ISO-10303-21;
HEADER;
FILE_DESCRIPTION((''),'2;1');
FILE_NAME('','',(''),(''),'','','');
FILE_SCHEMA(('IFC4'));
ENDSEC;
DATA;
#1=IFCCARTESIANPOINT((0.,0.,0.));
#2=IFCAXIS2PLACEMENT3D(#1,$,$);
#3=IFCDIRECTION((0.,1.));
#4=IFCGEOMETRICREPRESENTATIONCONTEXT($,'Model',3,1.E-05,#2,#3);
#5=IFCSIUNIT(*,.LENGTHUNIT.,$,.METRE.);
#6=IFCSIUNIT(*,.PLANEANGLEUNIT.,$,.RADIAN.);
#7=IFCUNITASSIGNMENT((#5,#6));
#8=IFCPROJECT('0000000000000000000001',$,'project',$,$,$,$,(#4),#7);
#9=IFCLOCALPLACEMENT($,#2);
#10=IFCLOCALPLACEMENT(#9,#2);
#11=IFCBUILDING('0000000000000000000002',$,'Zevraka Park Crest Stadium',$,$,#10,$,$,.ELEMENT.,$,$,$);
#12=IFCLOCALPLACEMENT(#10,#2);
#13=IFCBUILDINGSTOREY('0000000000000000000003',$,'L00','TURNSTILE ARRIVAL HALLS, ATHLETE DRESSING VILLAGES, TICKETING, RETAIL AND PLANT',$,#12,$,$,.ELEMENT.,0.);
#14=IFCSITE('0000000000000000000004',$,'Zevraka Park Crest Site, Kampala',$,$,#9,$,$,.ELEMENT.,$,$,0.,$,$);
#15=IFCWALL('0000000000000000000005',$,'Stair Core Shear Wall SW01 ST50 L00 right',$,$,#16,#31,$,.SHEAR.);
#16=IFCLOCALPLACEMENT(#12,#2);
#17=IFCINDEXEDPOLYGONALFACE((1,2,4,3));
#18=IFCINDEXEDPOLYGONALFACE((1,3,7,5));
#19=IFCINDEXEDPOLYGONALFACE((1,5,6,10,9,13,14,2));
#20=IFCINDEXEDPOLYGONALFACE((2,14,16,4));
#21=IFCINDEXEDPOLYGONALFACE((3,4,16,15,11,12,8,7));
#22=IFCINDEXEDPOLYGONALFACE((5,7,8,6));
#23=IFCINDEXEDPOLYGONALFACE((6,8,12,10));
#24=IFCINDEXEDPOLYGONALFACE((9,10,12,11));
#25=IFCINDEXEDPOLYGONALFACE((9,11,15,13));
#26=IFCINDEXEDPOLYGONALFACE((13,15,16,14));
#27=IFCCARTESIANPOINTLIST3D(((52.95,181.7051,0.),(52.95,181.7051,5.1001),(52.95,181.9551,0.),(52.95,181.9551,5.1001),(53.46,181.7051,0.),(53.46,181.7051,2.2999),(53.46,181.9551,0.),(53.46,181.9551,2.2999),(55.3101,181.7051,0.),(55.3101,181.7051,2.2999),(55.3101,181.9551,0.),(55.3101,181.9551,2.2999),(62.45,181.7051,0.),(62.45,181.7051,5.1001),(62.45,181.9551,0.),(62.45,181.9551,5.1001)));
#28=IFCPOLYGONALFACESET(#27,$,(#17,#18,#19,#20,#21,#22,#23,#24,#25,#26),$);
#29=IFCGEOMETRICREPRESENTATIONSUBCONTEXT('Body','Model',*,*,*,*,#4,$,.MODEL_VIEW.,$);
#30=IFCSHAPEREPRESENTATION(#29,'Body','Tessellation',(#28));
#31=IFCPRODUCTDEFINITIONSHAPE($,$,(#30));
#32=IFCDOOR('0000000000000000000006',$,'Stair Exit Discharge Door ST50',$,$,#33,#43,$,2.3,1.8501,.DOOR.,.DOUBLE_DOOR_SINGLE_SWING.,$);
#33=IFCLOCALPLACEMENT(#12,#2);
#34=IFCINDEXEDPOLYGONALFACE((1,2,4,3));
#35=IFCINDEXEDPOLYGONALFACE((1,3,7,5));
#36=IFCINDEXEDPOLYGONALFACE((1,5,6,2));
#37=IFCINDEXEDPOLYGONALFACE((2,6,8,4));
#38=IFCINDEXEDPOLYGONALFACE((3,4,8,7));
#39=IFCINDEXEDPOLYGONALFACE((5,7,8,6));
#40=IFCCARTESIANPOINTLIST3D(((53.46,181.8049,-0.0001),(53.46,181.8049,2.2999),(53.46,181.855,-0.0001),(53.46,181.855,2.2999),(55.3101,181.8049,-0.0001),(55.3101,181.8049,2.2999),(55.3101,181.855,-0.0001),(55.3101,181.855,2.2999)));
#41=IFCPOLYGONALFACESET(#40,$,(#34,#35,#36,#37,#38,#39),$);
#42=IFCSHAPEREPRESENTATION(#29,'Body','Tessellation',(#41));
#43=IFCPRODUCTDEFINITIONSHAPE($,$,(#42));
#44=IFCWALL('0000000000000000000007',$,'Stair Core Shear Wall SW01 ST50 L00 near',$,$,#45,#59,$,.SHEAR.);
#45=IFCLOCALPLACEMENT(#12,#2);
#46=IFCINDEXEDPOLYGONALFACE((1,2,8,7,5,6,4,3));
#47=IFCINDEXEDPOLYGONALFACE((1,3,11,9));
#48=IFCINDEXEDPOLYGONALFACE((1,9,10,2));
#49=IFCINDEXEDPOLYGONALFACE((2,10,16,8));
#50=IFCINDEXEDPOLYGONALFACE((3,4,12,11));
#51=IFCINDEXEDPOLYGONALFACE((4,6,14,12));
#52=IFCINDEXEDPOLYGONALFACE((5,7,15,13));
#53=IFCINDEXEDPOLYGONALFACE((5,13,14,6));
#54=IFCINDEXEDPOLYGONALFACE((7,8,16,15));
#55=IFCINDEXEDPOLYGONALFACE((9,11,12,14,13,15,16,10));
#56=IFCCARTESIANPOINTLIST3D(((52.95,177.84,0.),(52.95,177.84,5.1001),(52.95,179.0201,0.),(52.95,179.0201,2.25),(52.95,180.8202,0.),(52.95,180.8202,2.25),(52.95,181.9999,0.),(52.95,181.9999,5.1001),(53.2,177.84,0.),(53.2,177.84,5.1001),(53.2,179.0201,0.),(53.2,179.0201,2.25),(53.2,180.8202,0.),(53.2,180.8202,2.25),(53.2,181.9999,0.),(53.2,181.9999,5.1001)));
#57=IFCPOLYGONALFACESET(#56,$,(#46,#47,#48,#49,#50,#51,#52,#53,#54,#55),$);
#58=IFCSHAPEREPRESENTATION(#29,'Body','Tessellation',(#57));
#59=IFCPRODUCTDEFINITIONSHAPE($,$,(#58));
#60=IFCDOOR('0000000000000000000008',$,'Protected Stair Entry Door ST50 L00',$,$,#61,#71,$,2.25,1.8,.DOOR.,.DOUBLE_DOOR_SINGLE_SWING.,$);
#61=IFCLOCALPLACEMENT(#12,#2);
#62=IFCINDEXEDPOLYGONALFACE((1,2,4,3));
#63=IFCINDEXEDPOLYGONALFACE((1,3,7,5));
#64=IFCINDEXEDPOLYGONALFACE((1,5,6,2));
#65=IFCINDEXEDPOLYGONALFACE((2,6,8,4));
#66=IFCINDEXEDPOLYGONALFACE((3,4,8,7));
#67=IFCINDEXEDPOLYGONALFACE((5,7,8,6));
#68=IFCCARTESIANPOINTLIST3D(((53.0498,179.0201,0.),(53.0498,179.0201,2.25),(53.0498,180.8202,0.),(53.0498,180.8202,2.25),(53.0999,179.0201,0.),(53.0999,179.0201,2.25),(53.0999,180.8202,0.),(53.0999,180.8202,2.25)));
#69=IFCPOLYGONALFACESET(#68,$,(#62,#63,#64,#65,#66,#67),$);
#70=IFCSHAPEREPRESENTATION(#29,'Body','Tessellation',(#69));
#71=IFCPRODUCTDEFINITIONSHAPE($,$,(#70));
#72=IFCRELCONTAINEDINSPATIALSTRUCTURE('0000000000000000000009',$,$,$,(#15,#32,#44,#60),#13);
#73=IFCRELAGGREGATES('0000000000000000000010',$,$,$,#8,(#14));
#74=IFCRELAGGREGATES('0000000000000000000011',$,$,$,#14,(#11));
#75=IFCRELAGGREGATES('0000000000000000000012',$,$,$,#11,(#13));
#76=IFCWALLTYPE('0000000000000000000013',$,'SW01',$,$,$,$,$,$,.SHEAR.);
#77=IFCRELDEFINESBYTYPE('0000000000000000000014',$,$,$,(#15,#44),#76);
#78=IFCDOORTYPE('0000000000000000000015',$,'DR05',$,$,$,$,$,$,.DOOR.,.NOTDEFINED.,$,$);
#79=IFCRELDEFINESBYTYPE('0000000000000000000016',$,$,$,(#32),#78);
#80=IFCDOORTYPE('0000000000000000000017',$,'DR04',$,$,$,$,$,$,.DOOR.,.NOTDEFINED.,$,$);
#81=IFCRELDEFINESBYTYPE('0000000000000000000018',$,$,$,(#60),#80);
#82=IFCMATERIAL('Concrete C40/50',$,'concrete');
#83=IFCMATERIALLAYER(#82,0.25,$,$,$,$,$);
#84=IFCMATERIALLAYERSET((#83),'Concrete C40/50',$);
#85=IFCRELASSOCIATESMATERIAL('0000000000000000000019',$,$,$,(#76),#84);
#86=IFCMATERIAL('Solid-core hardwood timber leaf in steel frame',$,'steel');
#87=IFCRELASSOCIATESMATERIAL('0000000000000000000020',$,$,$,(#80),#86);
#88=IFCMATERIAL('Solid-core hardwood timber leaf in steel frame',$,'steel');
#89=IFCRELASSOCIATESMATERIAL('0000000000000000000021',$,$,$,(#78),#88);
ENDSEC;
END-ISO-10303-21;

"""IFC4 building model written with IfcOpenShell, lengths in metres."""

from ifc_helpers import new_model, si_unit, direction, frame, frame_2d, origin, place, context, subcontext, project, spatial, rectangle, extrude, material, layer, layer_set, type_object, element, fill, save


model = new_model("IFC4")

# Units and contexts
model_context = context("Model", 3, precision=1e-05, world=origin(), true_north=direction((0.0, 1.0)))
body_context = subcontext(model_context, "Body", "Model", "MODEL_VIEW")
ifc_project = project(units=[si_unit("LENGTHUNIT", "METRE"), si_unit("PLANEANGLEUNIT", "RADIAN")], contexts=[model_context])

# Site, building, storey
site_placement = place(None, origin())
site = spatial("IfcSite", under=ifc_project, at=site_placement, Name="Zevraka Park Crest Site, Kampala", CompositionType="ELEMENT", RefElevation=0.0)
building_placement = place(site_placement, origin())
building = spatial("IfcBuilding", under=site, at=building_placement, Name="Zevraka Park Crest Stadium", CompositionType="ELEMENT")
storey_placement = place(building_placement, origin())
storey = spatial("IfcBuildingStorey", under=building, at=storey_placement, Name="L00", Description="TURNSTILE ARRIVAL HALLS, ATHLETE DRESSING VILLAGES, TICKETING, RETAIL AND PLANT", CompositionType="ELEMENT", Elevation=0.0)

# Shared definitions
ifc_material_1 = material(Name="Concrete C40/50", Category="concrete")
ifc_layer_1 = layer(ifc_material_1, 0.25)
ifc_layer_set_1 = layer_set([ifc_layer_1], Name="Concrete C40/50")
wall_type_1 = type_object("IfcWallType", Name="SW01", PredefinedType="SHEAR", material=ifc_layer_set_1)
ifc_material_2 = material(Name="Solid-core hardwood timber leaf in steel frame", Category="steel")
door_type_1 = type_object("IfcDoorType", Name="DR04", OperationType="NOTDEFINED", PredefinedType="DOOR", material=ifc_material_2)

# Walls, openings, doors
wall_1_placement = place(storey_placement, frame((52.95, 181.8301, 0.0), z_axis=(0.0, 0.0, 1.0), x_axis=(1.0, 0.0, 0.0)))
wall_1 = element("IfcWall", 1, at=wall_1_placement, inside=storey, type_object=wall_type_1, Name="Stair Core Shear Wall SW01 ST50 L00 right", PredefinedType="SHEAR", context=body_context, shape_type="SweptSolid", body=[
    extrude(rectangle(XDim=9.5, YDim=0.25, at=frame_2d((4.75, 0.0))), origin(), (0.0, 0.0, 1.0), 5.1001),
])
opening_1_placement = place(wall_1_placement, frame((0.51, 0.0, 0.0)))
opening_1 = element("IfcOpeningElement", 2, at=opening_1_placement, cuts=wall_1, PredefinedType="OPENING", context=body_context, shape_type="SweptSolid", body=[
    extrude(rectangle(XDim=1.8501, YDim=2.3, at=frame_2d((0.925, 1.1499))), frame((0.0, 0.135, 0.0), z_axis=(0.0, -1.0, 0.0), x_axis=(1.0, 0.0, 0.0)), (0.0, 0.0, 1.0), 0.27),
])
ifc_material_3 = material(Name="Solid-core hardwood timber leaf in steel frame", Category="steel")
door_type_2 = type_object("IfcDoorType", Name="DR05", OperationType="NOTDEFINED", PredefinedType="DOOR", material=ifc_material_3)
door_1_placement = place(opening_1_placement, origin())
door_1 = element("IfcDoor", 3, at=door_1_placement, inside=storey, type_object=door_type_2, Name="Stair Exit Discharge Door ST50", OperationType="DOUBLE_DOOR_SINGLE_SWING", OverallHeight=2.3, OverallWidth=1.8501, PredefinedType="DOOR", context=body_context, shape_type="SweptSolid", body=[
    extrude(rectangle(XDim=1.8501, YDim=2.3, at=frame_2d((0.925, 1.1499))), frame((0.0, 0.0249, 0.0), z_axis=(0.0, -1.0, 0.0), x_axis=(1.0, 0.0, 0.0)), (0.0, 0.0, 1.0), 0.05),
])
fill(opening_1, door_1)
wall_2_placement = place(storey_placement, frame((53.075, 182.0, 0.0), z_axis=(0.0, 0.0, 1.0), x_axis=(0.0, -1.0, 0.0)))
wall_2 = element("IfcWall", 4, at=wall_2_placement, inside=storey, type_object=wall_type_1, Name="Stair Core Shear Wall SW01 ST50 L00 near", PredefinedType="SHEAR", context=body_context, shape_type="SweptSolid", body=[
    extrude(rectangle(XDim=4.1599, YDim=0.25, at=frame_2d((2.0801, 0.0))), origin(), (0.0, 0.0, 1.0), 5.1001),
])
opening_2_placement = place(wall_2_placement, frame((1.1799, 0.0, 0.0)))
opening_2 = element("IfcOpeningElement", 5, at=opening_2_placement, cuts=wall_2, PredefinedType="OPENING", context=body_context, shape_type="SweptSolid", body=[
    extrude(rectangle(XDim=1.8, YDim=2.25, at=frame_2d((0.8999, 1.125))), frame((0.0, 0.135, 0.0), z_axis=(0.0, -1.0, 0.0), x_axis=(1.0, 0.0, 0.0)), (0.0, 0.0, 1.0), 0.27),
])
door_2_placement = place(opening_2_placement, origin())
door_2 = element("IfcDoor", 6, at=door_2_placement, inside=storey, type_object=door_type_1, Name="Protected Stair Entry Door ST50 L00", OperationType="DOUBLE_DOOR_SINGLE_SWING", OverallHeight=2.25, OverallWidth=1.8, PredefinedType="DOOR", context=body_context, shape_type="SweptSolid", body=[
    extrude(rectangle(XDim=1.8, YDim=2.25, at=frame_2d((0.8999, 1.125))), frame((0.0, 0.0249, 0.0), z_axis=(0.0, -1.0, 0.0), x_axis=(1.0, 0.0, 0.0)), (0.0, 0.0, 1.0), 0.05),
])
fill(opening_2, door_2)

save(model, "model.ifc")
